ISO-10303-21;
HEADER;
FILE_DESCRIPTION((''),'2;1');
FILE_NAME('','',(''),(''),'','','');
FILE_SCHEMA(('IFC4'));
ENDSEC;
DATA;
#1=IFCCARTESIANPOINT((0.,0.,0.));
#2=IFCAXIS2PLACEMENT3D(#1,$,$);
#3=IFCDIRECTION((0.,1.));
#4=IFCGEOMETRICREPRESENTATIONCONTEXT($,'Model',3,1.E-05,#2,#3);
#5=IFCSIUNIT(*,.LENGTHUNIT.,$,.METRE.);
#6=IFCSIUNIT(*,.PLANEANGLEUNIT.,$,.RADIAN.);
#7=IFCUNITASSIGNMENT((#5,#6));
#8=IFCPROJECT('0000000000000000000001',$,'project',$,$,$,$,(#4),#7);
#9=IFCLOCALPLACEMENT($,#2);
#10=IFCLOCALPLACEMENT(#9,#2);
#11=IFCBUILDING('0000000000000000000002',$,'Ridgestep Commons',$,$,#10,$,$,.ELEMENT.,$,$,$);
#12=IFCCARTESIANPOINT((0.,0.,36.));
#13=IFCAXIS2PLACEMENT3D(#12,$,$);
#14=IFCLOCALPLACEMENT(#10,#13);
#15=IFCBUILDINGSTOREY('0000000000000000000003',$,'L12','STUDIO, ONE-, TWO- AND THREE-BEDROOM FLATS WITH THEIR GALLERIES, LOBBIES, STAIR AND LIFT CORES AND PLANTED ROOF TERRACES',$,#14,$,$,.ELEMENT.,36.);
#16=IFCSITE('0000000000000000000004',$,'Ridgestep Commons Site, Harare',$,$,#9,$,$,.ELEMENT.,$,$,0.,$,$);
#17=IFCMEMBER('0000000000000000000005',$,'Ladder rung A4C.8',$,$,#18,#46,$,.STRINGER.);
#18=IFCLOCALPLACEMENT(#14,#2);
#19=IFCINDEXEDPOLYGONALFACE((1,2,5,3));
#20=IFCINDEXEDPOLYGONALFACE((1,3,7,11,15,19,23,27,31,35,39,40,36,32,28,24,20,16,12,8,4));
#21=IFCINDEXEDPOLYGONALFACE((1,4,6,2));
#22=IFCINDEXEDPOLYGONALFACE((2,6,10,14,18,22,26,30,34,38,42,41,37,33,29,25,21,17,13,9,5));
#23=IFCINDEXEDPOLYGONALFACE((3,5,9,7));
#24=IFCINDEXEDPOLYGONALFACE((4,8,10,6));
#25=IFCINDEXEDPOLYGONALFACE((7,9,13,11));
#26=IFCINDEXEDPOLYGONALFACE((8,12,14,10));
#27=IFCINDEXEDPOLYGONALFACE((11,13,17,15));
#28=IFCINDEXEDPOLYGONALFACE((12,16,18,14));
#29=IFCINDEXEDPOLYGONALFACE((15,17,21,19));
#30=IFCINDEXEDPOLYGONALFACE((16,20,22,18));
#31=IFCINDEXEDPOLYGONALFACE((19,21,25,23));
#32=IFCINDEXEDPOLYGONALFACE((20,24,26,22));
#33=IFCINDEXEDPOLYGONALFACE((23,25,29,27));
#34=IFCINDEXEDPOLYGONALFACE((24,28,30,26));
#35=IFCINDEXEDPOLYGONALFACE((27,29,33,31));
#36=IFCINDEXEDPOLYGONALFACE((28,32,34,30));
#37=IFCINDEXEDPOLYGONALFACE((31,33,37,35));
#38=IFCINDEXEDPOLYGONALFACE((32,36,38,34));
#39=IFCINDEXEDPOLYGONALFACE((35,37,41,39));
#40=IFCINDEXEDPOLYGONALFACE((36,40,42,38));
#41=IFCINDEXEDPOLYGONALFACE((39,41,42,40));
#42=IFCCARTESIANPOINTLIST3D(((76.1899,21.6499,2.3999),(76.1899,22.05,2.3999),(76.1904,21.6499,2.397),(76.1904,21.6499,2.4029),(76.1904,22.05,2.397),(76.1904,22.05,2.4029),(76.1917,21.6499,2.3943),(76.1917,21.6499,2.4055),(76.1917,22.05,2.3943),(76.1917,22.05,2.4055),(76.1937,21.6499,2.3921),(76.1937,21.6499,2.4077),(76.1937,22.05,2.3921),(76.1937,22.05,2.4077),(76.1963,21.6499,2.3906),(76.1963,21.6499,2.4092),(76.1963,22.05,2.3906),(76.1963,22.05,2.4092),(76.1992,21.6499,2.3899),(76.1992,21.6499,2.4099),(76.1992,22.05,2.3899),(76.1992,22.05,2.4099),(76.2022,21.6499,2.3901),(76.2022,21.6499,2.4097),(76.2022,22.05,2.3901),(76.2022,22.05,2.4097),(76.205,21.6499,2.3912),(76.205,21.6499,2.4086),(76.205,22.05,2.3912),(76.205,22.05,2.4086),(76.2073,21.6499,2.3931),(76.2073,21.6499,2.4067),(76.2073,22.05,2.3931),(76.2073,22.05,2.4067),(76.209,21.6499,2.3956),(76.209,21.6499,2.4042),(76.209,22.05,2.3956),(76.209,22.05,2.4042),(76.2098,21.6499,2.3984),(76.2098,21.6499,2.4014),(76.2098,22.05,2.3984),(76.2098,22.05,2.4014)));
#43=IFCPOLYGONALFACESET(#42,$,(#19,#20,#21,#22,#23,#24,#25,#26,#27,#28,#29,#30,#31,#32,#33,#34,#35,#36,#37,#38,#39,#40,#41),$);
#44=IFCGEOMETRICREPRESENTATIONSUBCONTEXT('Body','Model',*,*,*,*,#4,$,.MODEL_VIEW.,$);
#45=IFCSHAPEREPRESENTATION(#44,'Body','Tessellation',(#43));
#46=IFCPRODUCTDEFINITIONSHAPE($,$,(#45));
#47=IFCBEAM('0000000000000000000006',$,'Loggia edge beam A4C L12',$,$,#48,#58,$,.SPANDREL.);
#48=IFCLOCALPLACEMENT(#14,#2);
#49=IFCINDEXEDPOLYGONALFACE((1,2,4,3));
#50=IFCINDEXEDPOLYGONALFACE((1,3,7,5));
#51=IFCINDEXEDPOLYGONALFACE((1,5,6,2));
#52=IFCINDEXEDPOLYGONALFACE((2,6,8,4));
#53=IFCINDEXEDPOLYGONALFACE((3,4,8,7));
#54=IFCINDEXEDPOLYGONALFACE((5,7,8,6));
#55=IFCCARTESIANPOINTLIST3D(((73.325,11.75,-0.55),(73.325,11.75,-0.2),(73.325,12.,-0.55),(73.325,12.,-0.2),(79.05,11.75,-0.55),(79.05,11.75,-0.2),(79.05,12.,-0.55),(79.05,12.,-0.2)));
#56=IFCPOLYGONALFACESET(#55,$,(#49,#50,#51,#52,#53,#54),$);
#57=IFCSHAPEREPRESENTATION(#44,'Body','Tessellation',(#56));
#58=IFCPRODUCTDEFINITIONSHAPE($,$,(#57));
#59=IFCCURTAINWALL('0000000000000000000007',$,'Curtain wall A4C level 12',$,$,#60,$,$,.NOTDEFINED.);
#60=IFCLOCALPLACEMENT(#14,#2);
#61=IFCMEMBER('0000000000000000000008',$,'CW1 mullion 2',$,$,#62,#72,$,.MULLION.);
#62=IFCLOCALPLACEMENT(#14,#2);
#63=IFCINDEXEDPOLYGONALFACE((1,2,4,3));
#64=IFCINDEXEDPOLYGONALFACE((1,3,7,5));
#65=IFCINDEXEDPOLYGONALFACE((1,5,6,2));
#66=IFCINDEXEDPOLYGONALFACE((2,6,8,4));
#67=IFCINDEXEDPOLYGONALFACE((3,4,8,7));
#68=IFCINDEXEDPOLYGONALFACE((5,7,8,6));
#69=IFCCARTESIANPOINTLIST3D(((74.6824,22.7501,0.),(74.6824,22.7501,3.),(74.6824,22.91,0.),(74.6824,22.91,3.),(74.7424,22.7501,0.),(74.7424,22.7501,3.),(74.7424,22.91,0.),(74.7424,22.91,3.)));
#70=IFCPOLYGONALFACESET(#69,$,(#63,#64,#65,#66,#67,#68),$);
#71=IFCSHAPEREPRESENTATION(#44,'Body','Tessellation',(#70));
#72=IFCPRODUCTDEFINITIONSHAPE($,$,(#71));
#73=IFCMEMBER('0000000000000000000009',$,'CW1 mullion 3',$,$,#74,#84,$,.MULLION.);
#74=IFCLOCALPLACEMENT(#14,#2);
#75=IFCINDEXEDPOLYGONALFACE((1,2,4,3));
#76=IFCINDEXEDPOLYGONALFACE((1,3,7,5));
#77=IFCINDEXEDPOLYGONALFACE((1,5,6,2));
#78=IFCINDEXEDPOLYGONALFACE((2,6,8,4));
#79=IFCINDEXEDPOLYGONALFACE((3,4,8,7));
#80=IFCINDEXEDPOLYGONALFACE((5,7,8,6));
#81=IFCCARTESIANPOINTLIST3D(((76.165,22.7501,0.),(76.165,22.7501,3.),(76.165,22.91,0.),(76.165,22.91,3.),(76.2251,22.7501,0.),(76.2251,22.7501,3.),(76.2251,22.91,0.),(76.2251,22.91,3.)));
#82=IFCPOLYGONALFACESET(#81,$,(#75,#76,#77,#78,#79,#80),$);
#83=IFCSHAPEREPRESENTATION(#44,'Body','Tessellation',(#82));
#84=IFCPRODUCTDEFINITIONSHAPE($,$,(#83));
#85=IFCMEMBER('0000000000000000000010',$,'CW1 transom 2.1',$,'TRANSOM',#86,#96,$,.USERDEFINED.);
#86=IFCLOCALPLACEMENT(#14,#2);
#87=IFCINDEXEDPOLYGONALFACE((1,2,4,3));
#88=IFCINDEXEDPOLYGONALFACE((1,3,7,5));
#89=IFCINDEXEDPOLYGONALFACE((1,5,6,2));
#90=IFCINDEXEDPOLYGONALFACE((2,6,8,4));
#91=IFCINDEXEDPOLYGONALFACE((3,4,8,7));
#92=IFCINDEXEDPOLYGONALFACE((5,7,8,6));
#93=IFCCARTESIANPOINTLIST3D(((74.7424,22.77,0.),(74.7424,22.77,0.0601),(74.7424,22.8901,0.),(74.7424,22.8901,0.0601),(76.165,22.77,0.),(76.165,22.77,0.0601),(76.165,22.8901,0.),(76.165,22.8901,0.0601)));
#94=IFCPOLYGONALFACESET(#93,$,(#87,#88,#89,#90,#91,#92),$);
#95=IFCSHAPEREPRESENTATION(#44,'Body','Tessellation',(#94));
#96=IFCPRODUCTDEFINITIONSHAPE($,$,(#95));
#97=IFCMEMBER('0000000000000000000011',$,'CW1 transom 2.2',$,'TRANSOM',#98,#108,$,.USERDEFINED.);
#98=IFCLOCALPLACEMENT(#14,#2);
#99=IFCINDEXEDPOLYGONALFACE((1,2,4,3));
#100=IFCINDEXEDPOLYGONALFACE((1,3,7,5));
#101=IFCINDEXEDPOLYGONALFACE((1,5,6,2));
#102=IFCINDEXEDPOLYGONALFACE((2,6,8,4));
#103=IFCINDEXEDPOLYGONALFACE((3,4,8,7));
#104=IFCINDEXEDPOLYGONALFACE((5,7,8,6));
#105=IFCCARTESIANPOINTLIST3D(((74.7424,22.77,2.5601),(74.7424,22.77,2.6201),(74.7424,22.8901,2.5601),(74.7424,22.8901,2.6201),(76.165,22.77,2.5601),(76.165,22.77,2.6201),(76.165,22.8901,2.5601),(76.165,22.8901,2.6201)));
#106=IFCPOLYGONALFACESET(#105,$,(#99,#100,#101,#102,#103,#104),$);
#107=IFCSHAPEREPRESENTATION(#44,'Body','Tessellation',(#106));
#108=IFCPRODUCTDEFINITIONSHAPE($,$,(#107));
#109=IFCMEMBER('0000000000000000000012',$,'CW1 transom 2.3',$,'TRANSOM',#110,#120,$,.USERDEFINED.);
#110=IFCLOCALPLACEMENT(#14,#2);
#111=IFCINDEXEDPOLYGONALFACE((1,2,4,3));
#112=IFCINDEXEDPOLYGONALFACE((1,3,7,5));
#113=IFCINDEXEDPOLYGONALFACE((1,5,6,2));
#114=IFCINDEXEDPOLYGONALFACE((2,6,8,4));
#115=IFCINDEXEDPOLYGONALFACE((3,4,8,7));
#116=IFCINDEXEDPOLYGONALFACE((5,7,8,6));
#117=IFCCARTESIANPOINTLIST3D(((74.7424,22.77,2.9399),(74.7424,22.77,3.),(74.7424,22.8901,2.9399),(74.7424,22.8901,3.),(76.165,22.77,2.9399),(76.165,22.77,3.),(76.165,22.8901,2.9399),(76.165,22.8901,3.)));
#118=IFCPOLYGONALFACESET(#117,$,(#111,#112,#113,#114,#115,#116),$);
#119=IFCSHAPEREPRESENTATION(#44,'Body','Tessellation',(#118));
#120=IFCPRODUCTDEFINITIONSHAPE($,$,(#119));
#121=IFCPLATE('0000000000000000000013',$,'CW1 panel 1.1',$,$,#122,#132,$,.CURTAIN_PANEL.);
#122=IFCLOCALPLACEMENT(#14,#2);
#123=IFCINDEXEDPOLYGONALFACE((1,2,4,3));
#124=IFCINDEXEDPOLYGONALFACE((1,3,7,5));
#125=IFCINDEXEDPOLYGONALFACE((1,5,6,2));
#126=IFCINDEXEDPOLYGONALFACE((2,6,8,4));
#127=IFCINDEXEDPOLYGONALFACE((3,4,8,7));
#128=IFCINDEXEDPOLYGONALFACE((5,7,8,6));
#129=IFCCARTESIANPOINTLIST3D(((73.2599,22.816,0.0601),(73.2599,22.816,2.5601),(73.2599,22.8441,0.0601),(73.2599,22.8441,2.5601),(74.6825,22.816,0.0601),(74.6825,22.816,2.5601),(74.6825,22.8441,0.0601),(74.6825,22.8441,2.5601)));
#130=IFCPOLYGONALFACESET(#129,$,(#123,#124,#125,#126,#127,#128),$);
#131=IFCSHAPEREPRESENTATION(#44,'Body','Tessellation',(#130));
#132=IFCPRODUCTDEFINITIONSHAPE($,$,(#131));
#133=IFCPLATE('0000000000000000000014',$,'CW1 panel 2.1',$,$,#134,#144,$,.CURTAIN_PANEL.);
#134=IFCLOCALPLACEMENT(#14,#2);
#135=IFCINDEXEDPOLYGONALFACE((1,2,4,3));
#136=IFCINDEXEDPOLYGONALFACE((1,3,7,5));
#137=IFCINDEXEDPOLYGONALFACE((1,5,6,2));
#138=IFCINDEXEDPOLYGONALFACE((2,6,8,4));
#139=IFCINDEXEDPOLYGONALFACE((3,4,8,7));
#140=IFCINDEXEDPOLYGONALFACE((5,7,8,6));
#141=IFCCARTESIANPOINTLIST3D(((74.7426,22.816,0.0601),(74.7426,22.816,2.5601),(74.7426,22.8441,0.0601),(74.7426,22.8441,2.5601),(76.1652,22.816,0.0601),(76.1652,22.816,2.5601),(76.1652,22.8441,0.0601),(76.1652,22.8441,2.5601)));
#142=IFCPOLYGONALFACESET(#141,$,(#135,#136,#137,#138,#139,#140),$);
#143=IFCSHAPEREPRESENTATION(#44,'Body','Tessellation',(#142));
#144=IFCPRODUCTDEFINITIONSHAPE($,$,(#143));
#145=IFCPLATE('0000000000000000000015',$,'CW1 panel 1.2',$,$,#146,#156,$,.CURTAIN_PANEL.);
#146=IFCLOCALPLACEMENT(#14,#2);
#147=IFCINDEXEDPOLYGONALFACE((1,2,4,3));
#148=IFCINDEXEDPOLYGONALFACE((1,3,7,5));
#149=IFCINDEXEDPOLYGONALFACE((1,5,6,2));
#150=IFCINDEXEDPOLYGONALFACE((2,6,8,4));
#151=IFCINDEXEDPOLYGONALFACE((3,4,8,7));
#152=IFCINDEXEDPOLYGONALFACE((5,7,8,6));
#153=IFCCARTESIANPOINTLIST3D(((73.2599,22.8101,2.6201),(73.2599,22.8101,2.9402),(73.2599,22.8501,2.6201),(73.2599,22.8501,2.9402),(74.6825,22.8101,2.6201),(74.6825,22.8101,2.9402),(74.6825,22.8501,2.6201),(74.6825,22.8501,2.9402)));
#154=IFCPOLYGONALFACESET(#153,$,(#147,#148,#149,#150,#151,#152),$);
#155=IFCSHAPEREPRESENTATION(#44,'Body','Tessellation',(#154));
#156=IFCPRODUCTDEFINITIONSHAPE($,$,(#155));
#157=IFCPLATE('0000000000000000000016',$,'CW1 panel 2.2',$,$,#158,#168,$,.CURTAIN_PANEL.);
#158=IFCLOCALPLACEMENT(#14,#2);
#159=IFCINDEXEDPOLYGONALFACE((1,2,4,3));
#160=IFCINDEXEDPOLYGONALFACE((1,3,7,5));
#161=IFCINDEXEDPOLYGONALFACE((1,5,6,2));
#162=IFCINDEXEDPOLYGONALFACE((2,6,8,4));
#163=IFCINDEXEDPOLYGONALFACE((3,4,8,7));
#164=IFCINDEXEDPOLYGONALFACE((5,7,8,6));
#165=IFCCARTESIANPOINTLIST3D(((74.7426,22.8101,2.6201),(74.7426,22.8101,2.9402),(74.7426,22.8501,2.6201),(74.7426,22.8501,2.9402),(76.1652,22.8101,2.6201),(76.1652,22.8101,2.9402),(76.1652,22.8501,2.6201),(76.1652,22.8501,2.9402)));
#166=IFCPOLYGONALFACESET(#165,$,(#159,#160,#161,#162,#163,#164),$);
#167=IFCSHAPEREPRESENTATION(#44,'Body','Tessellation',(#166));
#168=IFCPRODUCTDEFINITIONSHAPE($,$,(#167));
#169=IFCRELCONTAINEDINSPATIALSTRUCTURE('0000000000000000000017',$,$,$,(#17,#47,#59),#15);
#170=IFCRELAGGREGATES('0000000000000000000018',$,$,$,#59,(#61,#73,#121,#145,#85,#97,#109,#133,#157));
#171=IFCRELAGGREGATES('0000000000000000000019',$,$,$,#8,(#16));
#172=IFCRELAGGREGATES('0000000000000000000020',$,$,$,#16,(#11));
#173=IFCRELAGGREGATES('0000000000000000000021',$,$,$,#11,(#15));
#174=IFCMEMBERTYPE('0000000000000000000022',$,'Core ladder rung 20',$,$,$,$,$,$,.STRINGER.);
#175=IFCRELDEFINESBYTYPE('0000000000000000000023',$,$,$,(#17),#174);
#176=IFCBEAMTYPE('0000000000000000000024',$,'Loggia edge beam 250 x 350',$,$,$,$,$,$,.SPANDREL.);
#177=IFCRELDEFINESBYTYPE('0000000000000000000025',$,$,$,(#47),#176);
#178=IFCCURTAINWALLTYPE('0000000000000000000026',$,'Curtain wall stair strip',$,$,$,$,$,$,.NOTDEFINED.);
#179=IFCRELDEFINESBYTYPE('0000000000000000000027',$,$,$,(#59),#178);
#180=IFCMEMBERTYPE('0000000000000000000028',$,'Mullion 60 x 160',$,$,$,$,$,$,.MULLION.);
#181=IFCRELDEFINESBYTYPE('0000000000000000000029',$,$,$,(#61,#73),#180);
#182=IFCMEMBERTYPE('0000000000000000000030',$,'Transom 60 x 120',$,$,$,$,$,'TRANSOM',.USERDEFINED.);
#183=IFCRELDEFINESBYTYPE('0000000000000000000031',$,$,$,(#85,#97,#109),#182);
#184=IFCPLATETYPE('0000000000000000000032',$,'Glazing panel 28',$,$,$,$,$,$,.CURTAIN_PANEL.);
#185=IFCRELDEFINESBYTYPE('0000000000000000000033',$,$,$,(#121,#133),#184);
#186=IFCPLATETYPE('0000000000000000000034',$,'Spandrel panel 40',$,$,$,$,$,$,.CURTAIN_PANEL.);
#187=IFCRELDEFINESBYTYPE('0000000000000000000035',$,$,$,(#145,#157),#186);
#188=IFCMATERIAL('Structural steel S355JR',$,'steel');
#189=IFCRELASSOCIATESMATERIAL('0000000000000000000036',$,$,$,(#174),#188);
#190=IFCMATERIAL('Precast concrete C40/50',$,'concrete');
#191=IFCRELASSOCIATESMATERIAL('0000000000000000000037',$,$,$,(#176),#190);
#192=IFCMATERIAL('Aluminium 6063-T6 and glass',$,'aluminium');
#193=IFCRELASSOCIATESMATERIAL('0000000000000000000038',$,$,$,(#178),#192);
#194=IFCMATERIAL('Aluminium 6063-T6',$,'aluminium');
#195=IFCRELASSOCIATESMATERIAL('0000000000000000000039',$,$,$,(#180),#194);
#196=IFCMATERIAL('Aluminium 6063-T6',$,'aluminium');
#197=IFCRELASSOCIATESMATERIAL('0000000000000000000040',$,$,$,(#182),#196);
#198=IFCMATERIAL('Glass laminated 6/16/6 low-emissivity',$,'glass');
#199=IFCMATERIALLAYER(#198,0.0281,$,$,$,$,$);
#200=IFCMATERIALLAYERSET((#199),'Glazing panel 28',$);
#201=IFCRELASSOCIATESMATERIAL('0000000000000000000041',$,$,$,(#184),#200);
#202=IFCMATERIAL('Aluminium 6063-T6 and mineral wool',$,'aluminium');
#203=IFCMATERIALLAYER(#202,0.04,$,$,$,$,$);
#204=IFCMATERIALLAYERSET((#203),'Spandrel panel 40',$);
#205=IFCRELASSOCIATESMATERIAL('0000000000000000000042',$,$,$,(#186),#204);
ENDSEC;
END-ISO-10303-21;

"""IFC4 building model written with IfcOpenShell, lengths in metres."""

from ifc_helpers import new_model, si_unit, direction, frame, origin, origin_2d, place, context, subcontext, project, spatial, rectangle, circle, extrude, material, layer, layer_set, material_profile, profile_set, type_object, element, aggregate, save


model = new_model("IFC4")

# Units and contexts
model_context = context("Model", 3, precision=1e-05, world=origin(), true_north=direction((0.0, 1.0)))
body_context = subcontext(model_context, "Body", "Model", "MODEL_VIEW")
ifc_project = project(units=[si_unit("LENGTHUNIT", "METRE"), si_unit("PLANEANGLEUNIT", "RADIAN")], contexts=[model_context])

# Site, building, storey
site_placement = place(None, origin())
site = spatial("IfcSite", under=ifc_project, at=site_placement, Name="Ridgestep Commons Site, Harare", CompositionType="ELEMENT", RefElevation=0.0)
building_placement = place(site_placement, origin())
building = spatial("IfcBuilding", under=site, at=building_placement, Name="Ridgestep Commons", CompositionType="ELEMENT")
storey_placement = place(building_placement, frame((0.0, 0.0, 36.0)))
storey = spatial("IfcBuildingStorey", under=building, at=storey_placement, Name="L12", Description="STUDIO, ONE-, TWO- AND THREE-BEDROOM FLATS WITH THEIR GALLERIES, LOBBIES, STAIR AND LIFT CORES AND PLANTED ROOF TERRACES", CompositionType="ELEMENT", Elevation=36.0)

# Member
ifc_material_1 = material(Name="Structural steel S355JR", Category="steel")
ifc_material_profile_1 = material_profile(ifc_material_1, circle(Radius=0.01, at=origin_2d()), Name="Round bar 20")
ifc_profile_set_1 = profile_set([ifc_material_profile_1], Name="Structural steel S355JR")
member_type_1 = type_object("IfcMemberType", Name="Core ladder rung 20", PredefinedType="STRINGER", material=ifc_profile_set_1)
for number, where, z_axis, x_axis, name in (
    (1, (76.2, 21.6499, 2.3999), (0.0, 1.0, 0.0), (-1.0, 0.0, 0.0), "Ladder rung A4C.8"),
):
    element("IfcMember", number, at=place(storey_placement, frame(where, z_axis=z_axis, x_axis=x_axis)), inside=storey, type_object=member_type_1, Name=name, PredefinedType="STRINGER", context=body_context, shape_type="SweptSolid", body=[
        extrude(circle(Radius=0.01, at=origin_2d()), origin(), (0.0, 0.0, 1.0), 0.4001),
    ])

# Beam
ifc_material_2 = material(Name="Precast concrete C40/50", Category="concrete")
ifc_material_profile_2 = material_profile(ifc_material_2, rectangle(XDim=0.25, YDim=0.3501, at=origin_2d()), Name="PC 250x350")
ifc_profile_set_2 = profile_set([ifc_material_profile_2], Name="Precast concrete C40/50")
beam_type = type_object("IfcBeamType", Name="Loggia edge beam 250 x 350", PredefinedType="SPANDREL", material=ifc_profile_set_2)
beam_placement = place(storey_placement, frame((73.325, 11.875, -0.375), z_axis=(1.0, 0.0, 0.0), x_axis=(0.0, 1.0, 0.0)))
element("IfcBeam", 2, at=beam_placement, inside=storey, type_object=beam_type, Name="Loggia edge beam A4C L12", PredefinedType="SPANDREL", context=body_context, shape_type="SweptSolid", body=[
    extrude(rectangle(XDim=0.25, YDim=0.3501, at=origin_2d()), origin(), (0.0, 0.0, 1.0), 5.7251),
])

# Curtain wall, members, plates
ifc_material_3 = material(Name="Aluminium 6063-T6 and glass", Category="aluminium")
curtain_wall_type = type_object("IfcCurtainWallType", Name="Curtain wall stair strip", PredefinedType="NOTDEFINED", material=ifc_material_3)
curtain_wall_placement = place(storey_placement, origin())
curtain_wall = element("IfcCurtainWall", 3, at=curtain_wall_placement, inside=storey, type_object=curtain_wall_type, Name="Curtain wall A4C level 12", PredefinedType="NOTDEFINED")
ifc_material_4 = material(Name="Aluminium 6063-T6", Category="aluminium")
ifc_material_profile_3 = material_profile(ifc_material_4, rectangle(XDim=0.1599, YDim=0.0601, at=origin_2d()), Name="Mullion 60 x 160")
ifc_profile_set_3 = profile_set([ifc_material_profile_3], Name="Aluminium 6063-T6")
member_type_2 = type_object("IfcMemberType", Name="Mullion 60 x 160", PredefinedType="MULLION", material=ifc_profile_set_3)
member_1_placement = place(storey_placement, frame((74.7124, 22.8301, 0.0), z_axis=(0.0, 0.0, 1.0), x_axis=(0.0, 1.0, 0.0)))
member_1 = element("IfcMember", 4, at=member_1_placement, type_object=member_type_2, Name="CW1 mullion 2", PredefinedType="MULLION", context=body_context, shape_type="SweptSolid", body=[
    extrude(rectangle(XDim=0.1599, YDim=0.0601, at=origin_2d()), origin(), (0.0, 0.0, 1.0), 3.0),
])
member_2_placement = place(storey_placement, frame((76.1951, 22.8301, 0.0), z_axis=(0.0, 0.0, 1.0), x_axis=(0.0, 1.0, 0.0)))
member_2 = element("IfcMember", 5, at=member_2_placement, type_object=member_type_2, Name="CW1 mullion 3", PredefinedType="MULLION", context=body_context, shape_type="SweptSolid", body=[
    extrude(rectangle(XDim=0.1599, YDim=0.0601, at=origin_2d()), origin(), (0.0, 0.0, 1.0), 3.0),
])
ifc_material_5 = material(Name="Aluminium 6063-T6", Category="aluminium")
ifc_material_profile_4 = material_profile(ifc_material_5, rectangle(XDim=0.1201, YDim=0.0601, at=origin_2d()), Name="Transom 60 x 120")
ifc_profile_set_4 = profile_set([ifc_material_profile_4], Name="Aluminium 6063-T6")
member_type_3 = type_object("IfcMemberType", Name="Transom 60 x 120", ElementType="TRANSOM", PredefinedType="USERDEFINED", material=ifc_profile_set_4)
member_3_placement = place(storey_placement, frame((74.7424, 22.8301, 0.03), z_axis=(1.0, 0.0, 0.0), x_axis=(0.0, 1.0, 0.0)))
member_3 = element("IfcMember", 6, at=member_3_placement, type_object=member_type_3, Name="CW1 transom 2.1", ObjectType="TRANSOM", PredefinedType="USERDEFINED", context=body_context, shape_type="SweptSolid", body=[
    extrude(rectangle(XDim=0.1201, YDim=0.0601, at=origin_2d()), origin(), (0.0, 0.0, 1.0), 1.4226),
])
member_4_placement = place(storey_placement, frame((74.7424, 22.8301, 2.5901), z_axis=(1.0, 0.0, 0.0), x_axis=(0.0, 1.0, 0.0)))
member_4 = element("IfcMember", 7, at=member_4_placement, type_object=member_type_3, Name="CW1 transom 2.2", ObjectType="TRANSOM", PredefinedType="USERDEFINED", context=body_context, shape_type="SweptSolid", body=[
    extrude(rectangle(XDim=0.1201, YDim=0.0601, at=origin_2d()), origin(), (0.0, 0.0, 1.0), 1.4226),
])
member_5_placement = place(storey_placement, frame((74.7424, 22.8301, 2.97), z_axis=(1.0, 0.0, 0.0), x_axis=(0.0, 1.0, 0.0)))
member_5 = element("IfcMember", 8, at=member_5_placement, type_object=member_type_3, Name="CW1 transom 2.3", ObjectType="TRANSOM", PredefinedType="USERDEFINED", context=body_context, shape_type="SweptSolid", body=[
    extrude(rectangle(XDim=0.1201, YDim=0.0601, at=origin_2d()), origin(), (0.0, 0.0, 1.0), 1.4226),
])
ifc_material_6 = material(Name="Glass laminated 6/16/6 low-emissivity", Category="glass")
ifc_layer_1 = layer(ifc_material_6, 0.0281)
ifc_layer_set_1 = layer_set([ifc_layer_1], Name="Glazing panel 28")
plate_type_1 = type_object("IfcPlateType", Name="Glazing panel 28", PredefinedType="CURTAIN_PANEL", material=ifc_layer_set_1)
plate_1_placement = place(storey_placement, frame((73.9712, 22.8301, 0.0601), z_axis=(0.0, 0.0, 1.0), x_axis=(1.0, 0.0, 0.0)))
plate_1 = element("IfcPlate", 9, at=plate_1_placement, type_object=plate_type_1, Name="CW1 panel 1.1", PredefinedType="CURTAIN_PANEL", context=body_context, shape_type="SweptSolid", body=[
    extrude(rectangle(XDim=1.4226, YDim=0.0281, at=origin_2d()), origin(), (0.0, 0.0, 1.0), 2.5),
])
plate_2_placement = place(storey_placement, frame((75.4539, 22.8301, 0.0601), z_axis=(0.0, 0.0, 1.0), x_axis=(1.0, 0.0, 0.0)))
plate_2 = element("IfcPlate", 10, at=plate_2_placement, type_object=plate_type_1, Name="CW1 panel 2.1", PredefinedType="CURTAIN_PANEL", context=body_context, shape_type="SweptSolid", body=[
    extrude(rectangle(XDim=1.4226, YDim=0.0281, at=origin_2d()), origin(), (0.0, 0.0, 1.0), 2.5),
])
ifc_material_7 = material(Name="Aluminium 6063-T6 and mineral wool", Category="aluminium")
ifc_layer_2 = layer(ifc_material_7, 0.04)
ifc_layer_set_2 = layer_set([ifc_layer_2], Name="Spandrel panel 40")
plate_type_2 = type_object("IfcPlateType", Name="Spandrel panel 40", PredefinedType="CURTAIN_PANEL", material=ifc_layer_set_2)
plate_3_placement = place(storey_placement, frame((73.9712, 22.8301, 2.6201), z_axis=(0.0, 0.0, 1.0), x_axis=(1.0, 0.0, 0.0)))
plate_3 = element("IfcPlate", 11, at=plate_3_placement, type_object=plate_type_2, Name="CW1 panel 1.2", PredefinedType="CURTAIN_PANEL", context=body_context, shape_type="SweptSolid", body=[
    extrude(rectangle(XDim=1.4226, YDim=0.04, at=origin_2d()), origin(), (0.0, 0.0, 1.0), 0.3201),
])
plate_4_placement = place(storey_placement, frame((75.4539, 22.8301, 2.6201), z_axis=(0.0, 0.0, 1.0), x_axis=(1.0, 0.0, 0.0)))
plate_4 = element("IfcPlate", 12, at=plate_4_placement, type_object=plate_type_2, Name="CW1 panel 2.2", PredefinedType="CURTAIN_PANEL", context=body_context, shape_type="SweptSolid", body=[
    extrude(rectangle(XDim=1.4226, YDim=0.04, at=origin_2d()), origin(), (0.0, 0.0, 1.0), 0.3201),
])
aggregate(curtain_wall, [member_1, member_2, plate_1, plate_3, member_3, member_4, member_5, plate_2, plate_4])

save(model, "model.ifc")
